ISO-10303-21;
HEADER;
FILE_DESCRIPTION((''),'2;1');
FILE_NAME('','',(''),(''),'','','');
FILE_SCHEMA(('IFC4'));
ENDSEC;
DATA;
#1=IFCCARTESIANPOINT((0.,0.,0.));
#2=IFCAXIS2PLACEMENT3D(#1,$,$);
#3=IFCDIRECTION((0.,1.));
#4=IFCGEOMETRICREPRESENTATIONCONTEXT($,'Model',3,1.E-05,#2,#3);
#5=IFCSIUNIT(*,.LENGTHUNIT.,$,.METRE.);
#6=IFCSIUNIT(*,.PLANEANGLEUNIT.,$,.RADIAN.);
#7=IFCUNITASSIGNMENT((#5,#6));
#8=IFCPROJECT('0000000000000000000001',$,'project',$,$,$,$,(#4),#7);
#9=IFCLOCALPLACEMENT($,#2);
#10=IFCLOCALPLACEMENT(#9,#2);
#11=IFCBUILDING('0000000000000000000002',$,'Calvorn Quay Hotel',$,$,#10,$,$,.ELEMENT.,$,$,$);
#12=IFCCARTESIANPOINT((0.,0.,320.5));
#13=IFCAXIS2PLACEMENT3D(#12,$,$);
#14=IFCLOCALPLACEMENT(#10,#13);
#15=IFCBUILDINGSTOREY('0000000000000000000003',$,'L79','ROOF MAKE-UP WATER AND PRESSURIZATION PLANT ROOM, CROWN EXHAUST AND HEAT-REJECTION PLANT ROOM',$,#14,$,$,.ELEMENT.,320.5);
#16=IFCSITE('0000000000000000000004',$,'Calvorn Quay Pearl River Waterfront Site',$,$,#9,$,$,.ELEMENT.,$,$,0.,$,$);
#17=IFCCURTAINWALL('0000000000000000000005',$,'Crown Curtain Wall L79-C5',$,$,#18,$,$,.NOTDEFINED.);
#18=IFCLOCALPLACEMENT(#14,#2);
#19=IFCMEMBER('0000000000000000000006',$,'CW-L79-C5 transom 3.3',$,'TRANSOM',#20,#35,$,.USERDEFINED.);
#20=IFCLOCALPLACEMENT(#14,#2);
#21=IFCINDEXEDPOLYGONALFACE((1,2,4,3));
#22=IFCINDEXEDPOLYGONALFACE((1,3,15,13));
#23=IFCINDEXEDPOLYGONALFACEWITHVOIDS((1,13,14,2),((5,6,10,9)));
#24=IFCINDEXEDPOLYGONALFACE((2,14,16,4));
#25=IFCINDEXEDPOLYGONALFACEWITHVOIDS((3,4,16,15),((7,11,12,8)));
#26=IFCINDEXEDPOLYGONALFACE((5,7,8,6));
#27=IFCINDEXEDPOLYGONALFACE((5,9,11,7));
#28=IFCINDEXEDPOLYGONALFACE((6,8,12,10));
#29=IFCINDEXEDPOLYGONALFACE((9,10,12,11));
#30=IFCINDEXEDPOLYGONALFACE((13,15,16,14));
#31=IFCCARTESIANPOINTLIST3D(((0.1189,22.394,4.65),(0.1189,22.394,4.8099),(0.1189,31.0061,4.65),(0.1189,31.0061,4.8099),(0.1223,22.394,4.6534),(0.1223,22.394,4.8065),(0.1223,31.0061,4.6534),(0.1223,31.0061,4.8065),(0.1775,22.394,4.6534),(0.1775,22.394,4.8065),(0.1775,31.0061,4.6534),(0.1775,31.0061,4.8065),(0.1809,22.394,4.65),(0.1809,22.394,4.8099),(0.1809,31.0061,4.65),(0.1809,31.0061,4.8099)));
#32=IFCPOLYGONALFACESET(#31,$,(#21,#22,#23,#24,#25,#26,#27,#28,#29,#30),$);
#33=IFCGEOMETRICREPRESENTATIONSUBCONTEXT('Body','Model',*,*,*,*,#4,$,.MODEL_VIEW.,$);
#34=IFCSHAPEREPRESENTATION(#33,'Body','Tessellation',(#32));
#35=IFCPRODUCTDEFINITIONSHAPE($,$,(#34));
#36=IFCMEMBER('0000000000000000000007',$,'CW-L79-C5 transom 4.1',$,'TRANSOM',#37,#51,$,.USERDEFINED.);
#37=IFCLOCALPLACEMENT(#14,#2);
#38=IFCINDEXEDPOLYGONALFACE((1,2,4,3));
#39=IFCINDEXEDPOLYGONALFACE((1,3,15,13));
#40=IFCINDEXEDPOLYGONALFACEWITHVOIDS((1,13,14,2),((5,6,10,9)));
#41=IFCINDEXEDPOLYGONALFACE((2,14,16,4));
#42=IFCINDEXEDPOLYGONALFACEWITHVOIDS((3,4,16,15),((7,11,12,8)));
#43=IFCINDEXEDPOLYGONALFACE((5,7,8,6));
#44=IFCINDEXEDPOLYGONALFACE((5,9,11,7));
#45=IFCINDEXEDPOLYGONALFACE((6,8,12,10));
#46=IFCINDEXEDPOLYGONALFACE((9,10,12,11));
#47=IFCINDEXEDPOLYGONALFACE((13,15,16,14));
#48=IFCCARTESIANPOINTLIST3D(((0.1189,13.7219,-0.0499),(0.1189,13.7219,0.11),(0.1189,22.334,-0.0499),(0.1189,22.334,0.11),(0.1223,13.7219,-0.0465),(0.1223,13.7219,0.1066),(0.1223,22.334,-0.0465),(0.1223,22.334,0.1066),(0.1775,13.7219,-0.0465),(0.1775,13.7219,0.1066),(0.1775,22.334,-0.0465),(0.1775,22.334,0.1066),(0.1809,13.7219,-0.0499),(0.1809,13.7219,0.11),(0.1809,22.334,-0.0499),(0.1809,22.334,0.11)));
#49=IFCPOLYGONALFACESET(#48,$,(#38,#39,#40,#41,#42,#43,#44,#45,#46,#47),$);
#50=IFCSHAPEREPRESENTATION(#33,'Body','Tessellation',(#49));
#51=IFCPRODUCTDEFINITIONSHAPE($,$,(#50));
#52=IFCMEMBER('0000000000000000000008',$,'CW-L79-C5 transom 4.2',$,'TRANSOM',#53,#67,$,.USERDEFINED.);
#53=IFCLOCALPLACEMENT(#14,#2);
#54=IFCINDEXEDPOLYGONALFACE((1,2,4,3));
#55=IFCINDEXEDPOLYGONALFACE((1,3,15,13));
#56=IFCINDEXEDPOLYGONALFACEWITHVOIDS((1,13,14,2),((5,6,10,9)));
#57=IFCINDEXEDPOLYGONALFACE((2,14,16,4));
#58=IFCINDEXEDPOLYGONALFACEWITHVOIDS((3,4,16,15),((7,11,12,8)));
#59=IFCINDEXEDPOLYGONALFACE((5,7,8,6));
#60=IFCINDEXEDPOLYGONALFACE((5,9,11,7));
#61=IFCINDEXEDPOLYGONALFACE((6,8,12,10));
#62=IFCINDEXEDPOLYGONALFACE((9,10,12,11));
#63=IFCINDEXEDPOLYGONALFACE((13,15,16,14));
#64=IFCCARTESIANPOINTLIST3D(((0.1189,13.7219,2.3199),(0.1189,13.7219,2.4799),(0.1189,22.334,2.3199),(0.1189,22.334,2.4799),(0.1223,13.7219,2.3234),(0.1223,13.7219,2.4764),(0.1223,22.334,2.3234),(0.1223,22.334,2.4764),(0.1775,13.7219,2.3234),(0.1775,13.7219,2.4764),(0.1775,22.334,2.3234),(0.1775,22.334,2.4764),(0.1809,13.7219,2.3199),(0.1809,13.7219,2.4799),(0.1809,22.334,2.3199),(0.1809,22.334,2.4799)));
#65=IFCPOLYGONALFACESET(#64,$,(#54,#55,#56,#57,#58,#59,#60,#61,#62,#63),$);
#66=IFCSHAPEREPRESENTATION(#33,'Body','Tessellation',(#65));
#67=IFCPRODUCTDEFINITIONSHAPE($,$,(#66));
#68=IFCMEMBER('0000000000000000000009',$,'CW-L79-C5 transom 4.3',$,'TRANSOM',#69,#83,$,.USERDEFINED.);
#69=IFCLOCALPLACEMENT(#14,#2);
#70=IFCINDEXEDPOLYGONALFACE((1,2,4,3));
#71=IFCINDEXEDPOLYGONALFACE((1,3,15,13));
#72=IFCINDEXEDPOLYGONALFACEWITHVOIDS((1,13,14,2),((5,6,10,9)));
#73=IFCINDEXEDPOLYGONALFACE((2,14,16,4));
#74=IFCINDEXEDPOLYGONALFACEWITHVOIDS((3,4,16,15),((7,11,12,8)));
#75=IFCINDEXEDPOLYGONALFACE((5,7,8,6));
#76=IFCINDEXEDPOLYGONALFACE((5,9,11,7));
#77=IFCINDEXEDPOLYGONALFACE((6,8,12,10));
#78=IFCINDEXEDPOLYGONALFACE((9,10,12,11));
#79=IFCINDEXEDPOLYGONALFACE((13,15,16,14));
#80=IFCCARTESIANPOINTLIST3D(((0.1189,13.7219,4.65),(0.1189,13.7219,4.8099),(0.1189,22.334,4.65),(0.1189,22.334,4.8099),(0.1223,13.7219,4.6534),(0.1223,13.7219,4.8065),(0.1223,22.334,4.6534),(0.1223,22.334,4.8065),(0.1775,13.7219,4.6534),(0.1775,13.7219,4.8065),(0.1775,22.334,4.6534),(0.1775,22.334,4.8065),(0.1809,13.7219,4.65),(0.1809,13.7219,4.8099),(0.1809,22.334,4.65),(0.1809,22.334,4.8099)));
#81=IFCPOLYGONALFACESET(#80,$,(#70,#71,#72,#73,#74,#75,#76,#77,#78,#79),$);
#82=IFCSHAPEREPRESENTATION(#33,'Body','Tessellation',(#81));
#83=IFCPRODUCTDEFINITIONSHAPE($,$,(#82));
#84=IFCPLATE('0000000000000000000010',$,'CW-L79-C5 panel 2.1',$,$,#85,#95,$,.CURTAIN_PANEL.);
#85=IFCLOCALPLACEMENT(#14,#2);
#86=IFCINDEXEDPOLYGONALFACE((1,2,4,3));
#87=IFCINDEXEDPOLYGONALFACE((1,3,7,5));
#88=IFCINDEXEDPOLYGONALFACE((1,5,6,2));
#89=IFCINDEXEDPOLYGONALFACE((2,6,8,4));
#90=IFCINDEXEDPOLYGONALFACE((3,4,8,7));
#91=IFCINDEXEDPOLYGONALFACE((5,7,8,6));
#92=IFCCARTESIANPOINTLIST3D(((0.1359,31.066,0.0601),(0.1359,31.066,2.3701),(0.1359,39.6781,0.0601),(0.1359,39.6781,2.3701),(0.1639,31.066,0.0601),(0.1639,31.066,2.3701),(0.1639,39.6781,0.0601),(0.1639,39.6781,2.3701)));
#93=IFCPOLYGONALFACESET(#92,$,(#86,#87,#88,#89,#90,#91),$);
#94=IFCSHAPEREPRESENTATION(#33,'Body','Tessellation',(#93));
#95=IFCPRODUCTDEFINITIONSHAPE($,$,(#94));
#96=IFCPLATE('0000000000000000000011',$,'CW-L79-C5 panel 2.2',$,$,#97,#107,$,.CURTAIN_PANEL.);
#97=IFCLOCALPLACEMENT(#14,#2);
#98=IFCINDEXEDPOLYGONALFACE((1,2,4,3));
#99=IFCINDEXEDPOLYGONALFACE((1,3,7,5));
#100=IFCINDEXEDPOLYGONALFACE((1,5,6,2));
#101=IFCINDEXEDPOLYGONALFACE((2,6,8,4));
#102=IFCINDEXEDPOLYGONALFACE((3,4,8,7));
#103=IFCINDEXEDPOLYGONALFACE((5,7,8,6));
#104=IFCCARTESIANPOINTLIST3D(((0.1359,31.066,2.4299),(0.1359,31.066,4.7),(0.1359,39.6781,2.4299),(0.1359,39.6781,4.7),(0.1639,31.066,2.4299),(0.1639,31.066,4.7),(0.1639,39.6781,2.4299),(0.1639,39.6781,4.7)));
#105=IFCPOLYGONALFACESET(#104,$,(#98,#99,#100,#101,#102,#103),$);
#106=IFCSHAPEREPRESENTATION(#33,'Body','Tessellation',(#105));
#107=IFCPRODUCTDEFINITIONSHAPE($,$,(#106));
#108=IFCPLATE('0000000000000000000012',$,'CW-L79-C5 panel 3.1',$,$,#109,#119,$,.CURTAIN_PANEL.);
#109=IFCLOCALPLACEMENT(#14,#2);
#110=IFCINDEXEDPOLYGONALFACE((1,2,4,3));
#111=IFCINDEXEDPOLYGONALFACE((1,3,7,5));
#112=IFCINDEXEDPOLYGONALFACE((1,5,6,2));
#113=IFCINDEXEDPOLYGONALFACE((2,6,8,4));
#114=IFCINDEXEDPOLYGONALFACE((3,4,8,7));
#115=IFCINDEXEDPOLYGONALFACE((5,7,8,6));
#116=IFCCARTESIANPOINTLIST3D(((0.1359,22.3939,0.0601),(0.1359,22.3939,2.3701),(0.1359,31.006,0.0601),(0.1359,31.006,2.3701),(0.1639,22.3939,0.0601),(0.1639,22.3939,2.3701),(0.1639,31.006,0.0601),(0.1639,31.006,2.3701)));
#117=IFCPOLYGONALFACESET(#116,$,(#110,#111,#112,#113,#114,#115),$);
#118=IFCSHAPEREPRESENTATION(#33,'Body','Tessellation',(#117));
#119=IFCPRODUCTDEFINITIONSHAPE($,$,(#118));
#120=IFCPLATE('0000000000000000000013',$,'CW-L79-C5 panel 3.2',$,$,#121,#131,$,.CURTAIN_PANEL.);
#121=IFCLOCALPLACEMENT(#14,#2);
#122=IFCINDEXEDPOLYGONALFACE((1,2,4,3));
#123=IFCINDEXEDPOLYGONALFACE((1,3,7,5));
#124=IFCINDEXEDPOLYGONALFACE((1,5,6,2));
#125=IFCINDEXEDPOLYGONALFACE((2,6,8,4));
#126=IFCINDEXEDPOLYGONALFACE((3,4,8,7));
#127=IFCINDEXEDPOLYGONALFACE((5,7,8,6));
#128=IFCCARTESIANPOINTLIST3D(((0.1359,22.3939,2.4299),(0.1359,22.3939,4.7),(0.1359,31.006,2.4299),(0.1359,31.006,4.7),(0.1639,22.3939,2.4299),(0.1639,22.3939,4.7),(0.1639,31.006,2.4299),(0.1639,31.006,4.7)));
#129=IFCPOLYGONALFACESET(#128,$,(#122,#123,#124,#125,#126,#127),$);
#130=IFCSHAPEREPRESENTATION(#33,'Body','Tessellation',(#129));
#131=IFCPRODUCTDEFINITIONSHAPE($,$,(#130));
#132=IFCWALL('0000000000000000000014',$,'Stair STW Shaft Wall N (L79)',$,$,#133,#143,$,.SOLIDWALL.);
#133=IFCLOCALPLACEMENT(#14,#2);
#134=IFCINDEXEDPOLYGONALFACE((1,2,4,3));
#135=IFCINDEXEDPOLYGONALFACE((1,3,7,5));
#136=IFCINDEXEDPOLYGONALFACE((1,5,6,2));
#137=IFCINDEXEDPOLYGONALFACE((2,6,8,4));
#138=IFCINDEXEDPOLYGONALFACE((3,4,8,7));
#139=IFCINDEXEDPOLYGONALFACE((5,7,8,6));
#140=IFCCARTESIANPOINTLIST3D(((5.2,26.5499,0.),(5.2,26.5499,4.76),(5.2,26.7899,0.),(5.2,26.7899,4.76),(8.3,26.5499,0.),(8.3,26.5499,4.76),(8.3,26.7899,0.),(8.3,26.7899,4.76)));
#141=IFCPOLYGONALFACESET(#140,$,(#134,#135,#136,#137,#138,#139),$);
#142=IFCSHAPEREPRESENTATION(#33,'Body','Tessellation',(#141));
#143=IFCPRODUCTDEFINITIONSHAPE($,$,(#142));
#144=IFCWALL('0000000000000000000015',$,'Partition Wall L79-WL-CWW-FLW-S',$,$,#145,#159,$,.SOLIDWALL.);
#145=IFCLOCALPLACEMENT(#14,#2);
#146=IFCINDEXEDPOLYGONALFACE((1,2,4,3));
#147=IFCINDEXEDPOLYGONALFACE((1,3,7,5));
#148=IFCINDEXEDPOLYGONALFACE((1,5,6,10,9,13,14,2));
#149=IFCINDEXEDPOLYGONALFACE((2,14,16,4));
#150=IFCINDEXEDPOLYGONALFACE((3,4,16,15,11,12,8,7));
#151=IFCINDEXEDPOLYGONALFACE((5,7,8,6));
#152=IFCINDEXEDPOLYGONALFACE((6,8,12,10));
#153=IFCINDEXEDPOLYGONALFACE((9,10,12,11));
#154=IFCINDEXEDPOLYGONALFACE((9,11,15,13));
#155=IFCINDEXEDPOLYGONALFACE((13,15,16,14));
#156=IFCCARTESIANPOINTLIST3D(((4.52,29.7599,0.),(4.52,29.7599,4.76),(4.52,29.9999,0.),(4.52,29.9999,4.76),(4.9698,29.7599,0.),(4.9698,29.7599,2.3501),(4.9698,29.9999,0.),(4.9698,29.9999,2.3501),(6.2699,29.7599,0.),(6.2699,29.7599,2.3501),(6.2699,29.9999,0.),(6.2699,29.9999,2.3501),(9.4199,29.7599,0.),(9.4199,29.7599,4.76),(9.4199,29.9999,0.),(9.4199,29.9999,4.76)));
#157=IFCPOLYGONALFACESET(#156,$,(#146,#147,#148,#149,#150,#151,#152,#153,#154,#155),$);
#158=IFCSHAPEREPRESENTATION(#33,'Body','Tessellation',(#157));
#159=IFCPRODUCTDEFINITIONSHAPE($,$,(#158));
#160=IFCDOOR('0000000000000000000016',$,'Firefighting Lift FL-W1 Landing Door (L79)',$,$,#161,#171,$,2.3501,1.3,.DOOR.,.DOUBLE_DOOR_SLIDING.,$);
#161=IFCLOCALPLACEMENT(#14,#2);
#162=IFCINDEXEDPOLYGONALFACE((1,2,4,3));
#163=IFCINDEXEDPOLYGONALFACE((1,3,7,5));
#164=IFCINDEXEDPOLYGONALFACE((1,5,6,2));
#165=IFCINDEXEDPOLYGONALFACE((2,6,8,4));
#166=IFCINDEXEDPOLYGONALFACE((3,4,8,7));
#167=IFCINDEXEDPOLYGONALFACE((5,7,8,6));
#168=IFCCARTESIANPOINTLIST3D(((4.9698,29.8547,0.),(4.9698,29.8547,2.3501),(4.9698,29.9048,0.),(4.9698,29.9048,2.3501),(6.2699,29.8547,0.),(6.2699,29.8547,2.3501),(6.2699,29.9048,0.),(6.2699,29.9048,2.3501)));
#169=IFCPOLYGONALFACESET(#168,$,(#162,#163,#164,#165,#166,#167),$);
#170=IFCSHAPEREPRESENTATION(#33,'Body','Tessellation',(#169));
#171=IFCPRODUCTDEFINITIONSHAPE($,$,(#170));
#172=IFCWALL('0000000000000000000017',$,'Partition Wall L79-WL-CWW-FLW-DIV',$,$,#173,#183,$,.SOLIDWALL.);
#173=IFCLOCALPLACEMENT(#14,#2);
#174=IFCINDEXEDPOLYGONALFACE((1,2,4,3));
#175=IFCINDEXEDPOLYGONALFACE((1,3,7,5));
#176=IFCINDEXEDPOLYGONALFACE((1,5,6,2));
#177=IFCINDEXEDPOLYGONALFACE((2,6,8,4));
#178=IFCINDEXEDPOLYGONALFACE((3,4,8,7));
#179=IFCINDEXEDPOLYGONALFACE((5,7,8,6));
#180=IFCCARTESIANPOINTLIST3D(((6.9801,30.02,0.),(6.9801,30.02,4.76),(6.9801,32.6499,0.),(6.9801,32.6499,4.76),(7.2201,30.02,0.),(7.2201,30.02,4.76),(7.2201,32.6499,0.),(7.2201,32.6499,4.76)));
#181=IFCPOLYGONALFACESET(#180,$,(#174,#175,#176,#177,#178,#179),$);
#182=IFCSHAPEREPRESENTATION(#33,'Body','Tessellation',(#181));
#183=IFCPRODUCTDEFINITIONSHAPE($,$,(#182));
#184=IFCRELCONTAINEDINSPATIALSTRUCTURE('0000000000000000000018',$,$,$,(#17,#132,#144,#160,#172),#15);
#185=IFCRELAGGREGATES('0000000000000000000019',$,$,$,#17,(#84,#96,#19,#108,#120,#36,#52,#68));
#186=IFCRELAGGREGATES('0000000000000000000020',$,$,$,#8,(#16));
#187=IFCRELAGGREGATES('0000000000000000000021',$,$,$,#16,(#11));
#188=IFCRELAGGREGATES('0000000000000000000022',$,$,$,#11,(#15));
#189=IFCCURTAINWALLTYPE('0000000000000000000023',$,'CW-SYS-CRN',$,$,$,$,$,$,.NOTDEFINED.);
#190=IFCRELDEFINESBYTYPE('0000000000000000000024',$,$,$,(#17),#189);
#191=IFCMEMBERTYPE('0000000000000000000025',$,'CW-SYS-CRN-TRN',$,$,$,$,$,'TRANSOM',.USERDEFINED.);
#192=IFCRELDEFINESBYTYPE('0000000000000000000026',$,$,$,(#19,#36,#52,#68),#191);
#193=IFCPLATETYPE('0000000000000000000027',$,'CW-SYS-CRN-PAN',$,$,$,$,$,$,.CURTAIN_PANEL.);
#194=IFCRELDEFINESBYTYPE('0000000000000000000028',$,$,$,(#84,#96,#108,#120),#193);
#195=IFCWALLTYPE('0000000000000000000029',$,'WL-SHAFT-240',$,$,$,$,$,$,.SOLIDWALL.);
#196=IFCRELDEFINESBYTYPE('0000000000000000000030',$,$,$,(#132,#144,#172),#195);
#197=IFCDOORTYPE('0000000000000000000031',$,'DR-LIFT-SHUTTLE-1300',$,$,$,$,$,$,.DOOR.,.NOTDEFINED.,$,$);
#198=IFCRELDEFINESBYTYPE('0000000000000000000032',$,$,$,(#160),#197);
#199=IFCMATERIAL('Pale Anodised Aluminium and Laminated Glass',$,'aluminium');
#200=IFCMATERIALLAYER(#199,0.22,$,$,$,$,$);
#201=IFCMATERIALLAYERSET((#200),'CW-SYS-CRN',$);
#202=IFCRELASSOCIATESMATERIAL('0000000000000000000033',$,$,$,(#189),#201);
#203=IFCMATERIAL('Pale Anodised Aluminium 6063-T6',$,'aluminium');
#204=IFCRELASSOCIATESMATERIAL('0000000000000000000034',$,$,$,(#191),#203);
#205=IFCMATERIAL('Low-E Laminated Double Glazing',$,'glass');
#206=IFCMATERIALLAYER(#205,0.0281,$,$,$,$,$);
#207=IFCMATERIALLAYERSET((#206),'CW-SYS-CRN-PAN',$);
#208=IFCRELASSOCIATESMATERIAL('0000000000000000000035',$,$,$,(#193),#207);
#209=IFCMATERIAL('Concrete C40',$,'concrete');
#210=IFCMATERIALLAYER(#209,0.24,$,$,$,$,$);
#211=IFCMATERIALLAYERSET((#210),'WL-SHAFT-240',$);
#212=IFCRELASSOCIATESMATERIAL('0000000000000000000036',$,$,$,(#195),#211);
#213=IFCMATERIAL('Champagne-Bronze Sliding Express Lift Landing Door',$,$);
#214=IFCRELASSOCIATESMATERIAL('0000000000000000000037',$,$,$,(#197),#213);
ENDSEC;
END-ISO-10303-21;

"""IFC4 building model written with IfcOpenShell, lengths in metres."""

from ifc_helpers import new_model, si_unit, direction, frame, frame_2d, origin, origin_2d, place, context, subcontext, project, spatial, rectangle, hollow_rectangle, extrude, material, layer, layer_set, material_profile, profile_set, type_object, element, fill, aggregate, save


model = new_model("IFC4")

# Units and contexts
model_context = context("Model", 3, precision=1e-05, world=origin(), true_north=direction((0.0, 1.0)))
body_context = subcontext(model_context, "Body", "Model", "MODEL_VIEW")
ifc_project = project(units=[si_unit("LENGTHUNIT", "METRE"), si_unit("PLANEANGLEUNIT", "RADIAN")], contexts=[model_context])

# Site, building, storey
site_placement = place(None, origin())
site = spatial("IfcSite", under=ifc_project, at=site_placement, Name="Calvorn Quay Pearl River Waterfront Site", CompositionType="ELEMENT", RefElevation=0.0)
building_placement = place(site_placement, origin())
building = spatial("IfcBuilding", under=site, at=building_placement, Name="Calvorn Quay Hotel", CompositionType="ELEMENT")
storey_placement = place(building_placement, frame((0.0, 0.0, 320.5)))
storey = spatial("IfcBuildingStorey", under=building, at=storey_placement, Name="L79", Description="ROOF MAKE-UP WATER AND PRESSURIZATION PLANT ROOM, CROWN EXHAUST AND HEAT-REJECTION PLANT ROOM", CompositionType="ELEMENT", Elevation=320.5)

# Curtain wall, members, plates
ifc_material_1 = material(Name="Pale Anodised Aluminium and Laminated Glass", Category="aluminium")
ifc_layer_1 = layer(ifc_material_1, 0.22)
ifc_layer_set_1 = layer_set([ifc_layer_1], Name="CW-SYS-CRN")
curtain_wall_type = type_object("IfcCurtainWallType", Name="CW-SYS-CRN", PredefinedType="NOTDEFINED", material=ifc_layer_set_1)
curtain_wall_placement = place(storey_placement, origin())
curtain_wall = element("IfcCurtainWall", 1, at=curtain_wall_placement, inside=storey, type_object=curtain_wall_type, Name="Crown Curtain Wall L79-C5", PredefinedType="NOTDEFINED")
ifc_material_2 = material(Name="Pale Anodised Aluminium 6063-T6", Category="aluminium")
ifc_material_profile_1 = material_profile(ifc_material_2, hollow_rectangle(XDim=0.062, YDim=0.1599, WallThickness=0.0034, at=origin_2d()), Name="ALU-T160x62x3.5")
ifc_profile_set_1 = profile_set([ifc_material_profile_1], Name="Pale Anodised Aluminium 6063-T6")
member_type_1 = type_object("IfcMemberType", Name="CW-SYS-CRN-TRN", ElementType="TRANSOM", PredefinedType="USERDEFINED", material=ifc_profile_set_1)
member_1_placement = place(storey_placement, frame((0.1499, 31.0061, 4.73), z_axis=(0.0, -1.0, 0.0), x_axis=(1.0, 0.0, 0.0)))
member_1 = element("IfcMember", 2, at=member_1_placement, type_object=member_type_1, Name="CW-L79-C5 transom 3.3", ObjectType="TRANSOM", PredefinedType="USERDEFINED", context=body_context, shape_type="SweptSolid", body=[
    extrude(hollow_rectangle(XDim=0.062, YDim=0.1599, WallThickness=0.0034, at=origin_2d()), origin(), (0.0, 0.0, 1.0), 8.6121),
])
member_2_placement = place(storey_placement, frame((0.1499, 22.334, 0.03), z_axis=(0.0, -1.0, 0.0), x_axis=(1.0, 0.0, 0.0)))
member_2 = element("IfcMember", 3, at=member_2_placement, type_object=member_type_1, Name="CW-L79-C5 transom 4.1", ObjectType="TRANSOM", PredefinedType="USERDEFINED", context=body_context, shape_type="SweptSolid", body=[
    extrude(hollow_rectangle(XDim=0.062, YDim=0.1599, WallThickness=0.0034, at=origin_2d()), origin(), (0.0, 0.0, 1.0), 8.6121),
])
member_3_placement = place(storey_placement, frame((0.1499, 22.334, 2.3999), z_axis=(0.0, -1.0, 0.0), x_axis=(1.0, 0.0, 0.0)))
member_3 = element("IfcMember", 4, at=member_3_placement, type_object=member_type_1, Name="CW-L79-C5 transom 4.2", ObjectType="TRANSOM", PredefinedType="USERDEFINED", context=body_context, shape_type="SweptSolid", body=[
    extrude(hollow_rectangle(XDim=0.062, YDim=0.1599, WallThickness=0.0034, at=origin_2d()), origin(), (0.0, 0.0, 1.0), 8.6121),
])
member_4_placement = place(storey_placement, frame((0.1499, 22.334, 4.73), z_axis=(0.0, -1.0, 0.0), x_axis=(1.0, 0.0, 0.0)))
member_4 = element("IfcMember", 5, at=member_4_placement, type_object=member_type_1, Name="CW-L79-C5 transom 4.3", ObjectType="TRANSOM", PredefinedType="USERDEFINED", context=body_context, shape_type="SweptSolid", body=[
    extrude(hollow_rectangle(XDim=0.062, YDim=0.1599, WallThickness=0.0034, at=origin_2d()), origin(), (0.0, 0.0, 1.0), 8.6121),
])
ifc_material_3 = material(Name="Low-E Laminated Double Glazing", Category="glass")
ifc_layer_2 = layer(ifc_material_3, 0.0281)
ifc_layer_set_2 = layer_set([ifc_layer_2], Name="CW-SYS-CRN-PAN")
plate_type = type_object("IfcPlateType", Name="CW-SYS-CRN-PAN", PredefinedType="CURTAIN_PANEL", material=ifc_layer_set_2)
plate_1_placement = place(storey_placement, frame((0.1499, 35.3721, 0.0601), z_axis=(0.0, 0.0, 1.0), x_axis=(0.0, -1.0, 0.0)))
plate_1 = element("IfcPlate", 6, at=plate_1_placement, type_object=plate_type, Name="CW-L79-C5 panel 2.1", PredefinedType="CURTAIN_PANEL", context=body_context, shape_type="SweptSolid", body=[
    extrude(rectangle(XDim=8.6121, YDim=0.0281, at=origin_2d()), origin(), (0.0, 0.0, 1.0), 2.3101),
])
plate_2_placement = place(storey_placement, frame((0.1499, 35.3721, 2.4299), z_axis=(0.0, 0.0, 1.0), x_axis=(0.0, -1.0, 0.0)))
plate_2 = element("IfcPlate", 7, at=plate_2_placement, type_object=plate_type, Name="CW-L79-C5 panel 2.2", PredefinedType="CURTAIN_PANEL", context=body_context, shape_type="SweptSolid", body=[
    extrude(rectangle(XDim=8.6121, YDim=0.0281, at=origin_2d()), origin(), (0.0, 0.0, 1.0), 2.27),
])
plate_3_placement = place(storey_placement, frame((0.1499, 26.7, 0.0601), z_axis=(0.0, 0.0, 1.0), x_axis=(0.0, -1.0, 0.0)))
plate_3 = element("IfcPlate", 8, at=plate_3_placement, type_object=plate_type, Name="CW-L79-C5 panel 3.1", PredefinedType="CURTAIN_PANEL", context=body_context, shape_type="SweptSolid", body=[
    extrude(rectangle(XDim=8.6121, YDim=0.0281, at=origin_2d()), origin(), (0.0, 0.0, 1.0), 2.3101),
])
plate_4_placement = place(storey_placement, frame((0.1499, 26.7, 2.4299), z_axis=(0.0, 0.0, 1.0), x_axis=(0.0, -1.0, 0.0)))
plate_4 = element("IfcPlate", 9, at=plate_4_placement, type_object=plate_type, Name="CW-L79-C5 panel 3.2", PredefinedType="CURTAIN_PANEL", context=body_context, shape_type="SweptSolid", body=[
    extrude(rectangle(XDim=8.6121, YDim=0.0281, at=origin_2d()), origin(), (0.0, 0.0, 1.0), 2.27),
])
aggregate(curtain_wall, [plate_1, plate_2, member_1, plate_3, plate_4, member_2, member_3, member_4])

# Wall
ifc_material_4 = material(Name="Concrete C40", Category="concrete")
ifc_layer_3 = layer(ifc_material_4, 0.24)
ifc_layer_set_3 = layer_set([ifc_layer_3], Name="WL-SHAFT-240")
wall_type = type_object("IfcWallType", Name="WL-SHAFT-240", PredefinedType="SOLIDWALL", material=ifc_layer_set_3)
wall_1_placement = place(storey_placement, frame((5.2, 26.6699, 0.0), z_axis=(0.0, 0.0, 1.0), x_axis=(1.0, 0.0, 0.0)))
element("IfcWall", 10, at=wall_1_placement, inside=storey, type_object=wall_type, Name="Stair STW Shaft Wall N (L79)", PredefinedType="SOLIDWALL", context=body_context, shape_type="SweptSolid", body=[
    extrude(rectangle(XDim=3.1001, YDim=0.24, at=frame_2d((1.55, 0.0))), origin(), (0.0, 0.0, 1.0), 4.76),
])

# Wall, opening, door
wall_2_placement = place(storey_placement, frame((4.52, 29.8799, 0.0), z_axis=(0.0, 0.0, 1.0), x_axis=(1.0, 0.0, 0.0)))
wall_2 = element("IfcWall", 11, at=wall_2_placement, inside=storey, type_object=wall_type, Name="Partition Wall L79-WL-CWW-FLW-S", PredefinedType="SOLIDWALL", context=body_context, shape_type="SweptSolid", body=[
    extrude(rectangle(XDim=4.8999, YDim=0.24, at=frame_2d((2.45, 0.0))), origin(), (0.0, 0.0, 1.0), 4.76),
])
opening_placement = place(wall_2_placement, frame((0.45, 0.0, 0.0)))
opening = element("IfcOpeningElement", 12, at=opening_placement, cuts=wall_2, PredefinedType="OPENING", context=body_context, shape_type="SweptSolid", body=[
    extrude(rectangle(XDim=1.3, YDim=2.3501, at=frame_2d((0.6499, 1.175))), frame((0.0, 0.1299, 0.0), z_axis=(0.0, -1.0, 0.0), x_axis=(1.0, 0.0, 0.0)), (0.0, 0.0, 1.0), 0.26),
])
ifc_material_5 = material(Name="Champagne-Bronze Sliding Express Lift Landing Door")
door_type = type_object("IfcDoorType", Name="DR-LIFT-SHUTTLE-1300", OperationType="NOTDEFINED", PredefinedType="DOOR", material=ifc_material_5)
door_placement = place(opening_placement, origin())
door = element("IfcDoor", 13, at=door_placement, inside=storey, type_object=door_type, Name="Firefighting Lift FL-W1 Landing Door (L79)", OperationType="DOUBLE_DOOR_SLIDING", OverallHeight=2.3501, OverallWidth=1.3, PredefinedType="DOOR", context=body_context, shape_type="SweptSolid", body=[
    extrude(rectangle(XDim=1.3, YDim=2.3501, at=frame_2d((0.6499, 1.175))), frame((0.0, 0.0249, 0.0), z_axis=(0.0, -1.0, 0.0), x_axis=(1.0, 0.0, 0.0)), (0.0, 0.0, 1.0), 0.05),
])
fill(opening, door)

# Wall
wall_3_placement = place(storey_placement, frame((7.1001, 30.02, 0.0), z_axis=(0.0, 0.0, 1.0), x_axis=(0.0, 1.0, 0.0)))
element("IfcWall", 14, at=wall_3_placement, inside=storey, type_object=wall_type, Name="Partition Wall L79-WL-CWW-FLW-DIV", PredefinedType="SOLIDWALL", context=body_context, shape_type="SweptSolid", body=[
    extrude(rectangle(XDim=2.6299, YDim=0.24, at=frame_2d((1.3149, 0.0))), origin(), (0.0, 0.0, 1.0), 4.76),
])

save(model, "model.ifc")
